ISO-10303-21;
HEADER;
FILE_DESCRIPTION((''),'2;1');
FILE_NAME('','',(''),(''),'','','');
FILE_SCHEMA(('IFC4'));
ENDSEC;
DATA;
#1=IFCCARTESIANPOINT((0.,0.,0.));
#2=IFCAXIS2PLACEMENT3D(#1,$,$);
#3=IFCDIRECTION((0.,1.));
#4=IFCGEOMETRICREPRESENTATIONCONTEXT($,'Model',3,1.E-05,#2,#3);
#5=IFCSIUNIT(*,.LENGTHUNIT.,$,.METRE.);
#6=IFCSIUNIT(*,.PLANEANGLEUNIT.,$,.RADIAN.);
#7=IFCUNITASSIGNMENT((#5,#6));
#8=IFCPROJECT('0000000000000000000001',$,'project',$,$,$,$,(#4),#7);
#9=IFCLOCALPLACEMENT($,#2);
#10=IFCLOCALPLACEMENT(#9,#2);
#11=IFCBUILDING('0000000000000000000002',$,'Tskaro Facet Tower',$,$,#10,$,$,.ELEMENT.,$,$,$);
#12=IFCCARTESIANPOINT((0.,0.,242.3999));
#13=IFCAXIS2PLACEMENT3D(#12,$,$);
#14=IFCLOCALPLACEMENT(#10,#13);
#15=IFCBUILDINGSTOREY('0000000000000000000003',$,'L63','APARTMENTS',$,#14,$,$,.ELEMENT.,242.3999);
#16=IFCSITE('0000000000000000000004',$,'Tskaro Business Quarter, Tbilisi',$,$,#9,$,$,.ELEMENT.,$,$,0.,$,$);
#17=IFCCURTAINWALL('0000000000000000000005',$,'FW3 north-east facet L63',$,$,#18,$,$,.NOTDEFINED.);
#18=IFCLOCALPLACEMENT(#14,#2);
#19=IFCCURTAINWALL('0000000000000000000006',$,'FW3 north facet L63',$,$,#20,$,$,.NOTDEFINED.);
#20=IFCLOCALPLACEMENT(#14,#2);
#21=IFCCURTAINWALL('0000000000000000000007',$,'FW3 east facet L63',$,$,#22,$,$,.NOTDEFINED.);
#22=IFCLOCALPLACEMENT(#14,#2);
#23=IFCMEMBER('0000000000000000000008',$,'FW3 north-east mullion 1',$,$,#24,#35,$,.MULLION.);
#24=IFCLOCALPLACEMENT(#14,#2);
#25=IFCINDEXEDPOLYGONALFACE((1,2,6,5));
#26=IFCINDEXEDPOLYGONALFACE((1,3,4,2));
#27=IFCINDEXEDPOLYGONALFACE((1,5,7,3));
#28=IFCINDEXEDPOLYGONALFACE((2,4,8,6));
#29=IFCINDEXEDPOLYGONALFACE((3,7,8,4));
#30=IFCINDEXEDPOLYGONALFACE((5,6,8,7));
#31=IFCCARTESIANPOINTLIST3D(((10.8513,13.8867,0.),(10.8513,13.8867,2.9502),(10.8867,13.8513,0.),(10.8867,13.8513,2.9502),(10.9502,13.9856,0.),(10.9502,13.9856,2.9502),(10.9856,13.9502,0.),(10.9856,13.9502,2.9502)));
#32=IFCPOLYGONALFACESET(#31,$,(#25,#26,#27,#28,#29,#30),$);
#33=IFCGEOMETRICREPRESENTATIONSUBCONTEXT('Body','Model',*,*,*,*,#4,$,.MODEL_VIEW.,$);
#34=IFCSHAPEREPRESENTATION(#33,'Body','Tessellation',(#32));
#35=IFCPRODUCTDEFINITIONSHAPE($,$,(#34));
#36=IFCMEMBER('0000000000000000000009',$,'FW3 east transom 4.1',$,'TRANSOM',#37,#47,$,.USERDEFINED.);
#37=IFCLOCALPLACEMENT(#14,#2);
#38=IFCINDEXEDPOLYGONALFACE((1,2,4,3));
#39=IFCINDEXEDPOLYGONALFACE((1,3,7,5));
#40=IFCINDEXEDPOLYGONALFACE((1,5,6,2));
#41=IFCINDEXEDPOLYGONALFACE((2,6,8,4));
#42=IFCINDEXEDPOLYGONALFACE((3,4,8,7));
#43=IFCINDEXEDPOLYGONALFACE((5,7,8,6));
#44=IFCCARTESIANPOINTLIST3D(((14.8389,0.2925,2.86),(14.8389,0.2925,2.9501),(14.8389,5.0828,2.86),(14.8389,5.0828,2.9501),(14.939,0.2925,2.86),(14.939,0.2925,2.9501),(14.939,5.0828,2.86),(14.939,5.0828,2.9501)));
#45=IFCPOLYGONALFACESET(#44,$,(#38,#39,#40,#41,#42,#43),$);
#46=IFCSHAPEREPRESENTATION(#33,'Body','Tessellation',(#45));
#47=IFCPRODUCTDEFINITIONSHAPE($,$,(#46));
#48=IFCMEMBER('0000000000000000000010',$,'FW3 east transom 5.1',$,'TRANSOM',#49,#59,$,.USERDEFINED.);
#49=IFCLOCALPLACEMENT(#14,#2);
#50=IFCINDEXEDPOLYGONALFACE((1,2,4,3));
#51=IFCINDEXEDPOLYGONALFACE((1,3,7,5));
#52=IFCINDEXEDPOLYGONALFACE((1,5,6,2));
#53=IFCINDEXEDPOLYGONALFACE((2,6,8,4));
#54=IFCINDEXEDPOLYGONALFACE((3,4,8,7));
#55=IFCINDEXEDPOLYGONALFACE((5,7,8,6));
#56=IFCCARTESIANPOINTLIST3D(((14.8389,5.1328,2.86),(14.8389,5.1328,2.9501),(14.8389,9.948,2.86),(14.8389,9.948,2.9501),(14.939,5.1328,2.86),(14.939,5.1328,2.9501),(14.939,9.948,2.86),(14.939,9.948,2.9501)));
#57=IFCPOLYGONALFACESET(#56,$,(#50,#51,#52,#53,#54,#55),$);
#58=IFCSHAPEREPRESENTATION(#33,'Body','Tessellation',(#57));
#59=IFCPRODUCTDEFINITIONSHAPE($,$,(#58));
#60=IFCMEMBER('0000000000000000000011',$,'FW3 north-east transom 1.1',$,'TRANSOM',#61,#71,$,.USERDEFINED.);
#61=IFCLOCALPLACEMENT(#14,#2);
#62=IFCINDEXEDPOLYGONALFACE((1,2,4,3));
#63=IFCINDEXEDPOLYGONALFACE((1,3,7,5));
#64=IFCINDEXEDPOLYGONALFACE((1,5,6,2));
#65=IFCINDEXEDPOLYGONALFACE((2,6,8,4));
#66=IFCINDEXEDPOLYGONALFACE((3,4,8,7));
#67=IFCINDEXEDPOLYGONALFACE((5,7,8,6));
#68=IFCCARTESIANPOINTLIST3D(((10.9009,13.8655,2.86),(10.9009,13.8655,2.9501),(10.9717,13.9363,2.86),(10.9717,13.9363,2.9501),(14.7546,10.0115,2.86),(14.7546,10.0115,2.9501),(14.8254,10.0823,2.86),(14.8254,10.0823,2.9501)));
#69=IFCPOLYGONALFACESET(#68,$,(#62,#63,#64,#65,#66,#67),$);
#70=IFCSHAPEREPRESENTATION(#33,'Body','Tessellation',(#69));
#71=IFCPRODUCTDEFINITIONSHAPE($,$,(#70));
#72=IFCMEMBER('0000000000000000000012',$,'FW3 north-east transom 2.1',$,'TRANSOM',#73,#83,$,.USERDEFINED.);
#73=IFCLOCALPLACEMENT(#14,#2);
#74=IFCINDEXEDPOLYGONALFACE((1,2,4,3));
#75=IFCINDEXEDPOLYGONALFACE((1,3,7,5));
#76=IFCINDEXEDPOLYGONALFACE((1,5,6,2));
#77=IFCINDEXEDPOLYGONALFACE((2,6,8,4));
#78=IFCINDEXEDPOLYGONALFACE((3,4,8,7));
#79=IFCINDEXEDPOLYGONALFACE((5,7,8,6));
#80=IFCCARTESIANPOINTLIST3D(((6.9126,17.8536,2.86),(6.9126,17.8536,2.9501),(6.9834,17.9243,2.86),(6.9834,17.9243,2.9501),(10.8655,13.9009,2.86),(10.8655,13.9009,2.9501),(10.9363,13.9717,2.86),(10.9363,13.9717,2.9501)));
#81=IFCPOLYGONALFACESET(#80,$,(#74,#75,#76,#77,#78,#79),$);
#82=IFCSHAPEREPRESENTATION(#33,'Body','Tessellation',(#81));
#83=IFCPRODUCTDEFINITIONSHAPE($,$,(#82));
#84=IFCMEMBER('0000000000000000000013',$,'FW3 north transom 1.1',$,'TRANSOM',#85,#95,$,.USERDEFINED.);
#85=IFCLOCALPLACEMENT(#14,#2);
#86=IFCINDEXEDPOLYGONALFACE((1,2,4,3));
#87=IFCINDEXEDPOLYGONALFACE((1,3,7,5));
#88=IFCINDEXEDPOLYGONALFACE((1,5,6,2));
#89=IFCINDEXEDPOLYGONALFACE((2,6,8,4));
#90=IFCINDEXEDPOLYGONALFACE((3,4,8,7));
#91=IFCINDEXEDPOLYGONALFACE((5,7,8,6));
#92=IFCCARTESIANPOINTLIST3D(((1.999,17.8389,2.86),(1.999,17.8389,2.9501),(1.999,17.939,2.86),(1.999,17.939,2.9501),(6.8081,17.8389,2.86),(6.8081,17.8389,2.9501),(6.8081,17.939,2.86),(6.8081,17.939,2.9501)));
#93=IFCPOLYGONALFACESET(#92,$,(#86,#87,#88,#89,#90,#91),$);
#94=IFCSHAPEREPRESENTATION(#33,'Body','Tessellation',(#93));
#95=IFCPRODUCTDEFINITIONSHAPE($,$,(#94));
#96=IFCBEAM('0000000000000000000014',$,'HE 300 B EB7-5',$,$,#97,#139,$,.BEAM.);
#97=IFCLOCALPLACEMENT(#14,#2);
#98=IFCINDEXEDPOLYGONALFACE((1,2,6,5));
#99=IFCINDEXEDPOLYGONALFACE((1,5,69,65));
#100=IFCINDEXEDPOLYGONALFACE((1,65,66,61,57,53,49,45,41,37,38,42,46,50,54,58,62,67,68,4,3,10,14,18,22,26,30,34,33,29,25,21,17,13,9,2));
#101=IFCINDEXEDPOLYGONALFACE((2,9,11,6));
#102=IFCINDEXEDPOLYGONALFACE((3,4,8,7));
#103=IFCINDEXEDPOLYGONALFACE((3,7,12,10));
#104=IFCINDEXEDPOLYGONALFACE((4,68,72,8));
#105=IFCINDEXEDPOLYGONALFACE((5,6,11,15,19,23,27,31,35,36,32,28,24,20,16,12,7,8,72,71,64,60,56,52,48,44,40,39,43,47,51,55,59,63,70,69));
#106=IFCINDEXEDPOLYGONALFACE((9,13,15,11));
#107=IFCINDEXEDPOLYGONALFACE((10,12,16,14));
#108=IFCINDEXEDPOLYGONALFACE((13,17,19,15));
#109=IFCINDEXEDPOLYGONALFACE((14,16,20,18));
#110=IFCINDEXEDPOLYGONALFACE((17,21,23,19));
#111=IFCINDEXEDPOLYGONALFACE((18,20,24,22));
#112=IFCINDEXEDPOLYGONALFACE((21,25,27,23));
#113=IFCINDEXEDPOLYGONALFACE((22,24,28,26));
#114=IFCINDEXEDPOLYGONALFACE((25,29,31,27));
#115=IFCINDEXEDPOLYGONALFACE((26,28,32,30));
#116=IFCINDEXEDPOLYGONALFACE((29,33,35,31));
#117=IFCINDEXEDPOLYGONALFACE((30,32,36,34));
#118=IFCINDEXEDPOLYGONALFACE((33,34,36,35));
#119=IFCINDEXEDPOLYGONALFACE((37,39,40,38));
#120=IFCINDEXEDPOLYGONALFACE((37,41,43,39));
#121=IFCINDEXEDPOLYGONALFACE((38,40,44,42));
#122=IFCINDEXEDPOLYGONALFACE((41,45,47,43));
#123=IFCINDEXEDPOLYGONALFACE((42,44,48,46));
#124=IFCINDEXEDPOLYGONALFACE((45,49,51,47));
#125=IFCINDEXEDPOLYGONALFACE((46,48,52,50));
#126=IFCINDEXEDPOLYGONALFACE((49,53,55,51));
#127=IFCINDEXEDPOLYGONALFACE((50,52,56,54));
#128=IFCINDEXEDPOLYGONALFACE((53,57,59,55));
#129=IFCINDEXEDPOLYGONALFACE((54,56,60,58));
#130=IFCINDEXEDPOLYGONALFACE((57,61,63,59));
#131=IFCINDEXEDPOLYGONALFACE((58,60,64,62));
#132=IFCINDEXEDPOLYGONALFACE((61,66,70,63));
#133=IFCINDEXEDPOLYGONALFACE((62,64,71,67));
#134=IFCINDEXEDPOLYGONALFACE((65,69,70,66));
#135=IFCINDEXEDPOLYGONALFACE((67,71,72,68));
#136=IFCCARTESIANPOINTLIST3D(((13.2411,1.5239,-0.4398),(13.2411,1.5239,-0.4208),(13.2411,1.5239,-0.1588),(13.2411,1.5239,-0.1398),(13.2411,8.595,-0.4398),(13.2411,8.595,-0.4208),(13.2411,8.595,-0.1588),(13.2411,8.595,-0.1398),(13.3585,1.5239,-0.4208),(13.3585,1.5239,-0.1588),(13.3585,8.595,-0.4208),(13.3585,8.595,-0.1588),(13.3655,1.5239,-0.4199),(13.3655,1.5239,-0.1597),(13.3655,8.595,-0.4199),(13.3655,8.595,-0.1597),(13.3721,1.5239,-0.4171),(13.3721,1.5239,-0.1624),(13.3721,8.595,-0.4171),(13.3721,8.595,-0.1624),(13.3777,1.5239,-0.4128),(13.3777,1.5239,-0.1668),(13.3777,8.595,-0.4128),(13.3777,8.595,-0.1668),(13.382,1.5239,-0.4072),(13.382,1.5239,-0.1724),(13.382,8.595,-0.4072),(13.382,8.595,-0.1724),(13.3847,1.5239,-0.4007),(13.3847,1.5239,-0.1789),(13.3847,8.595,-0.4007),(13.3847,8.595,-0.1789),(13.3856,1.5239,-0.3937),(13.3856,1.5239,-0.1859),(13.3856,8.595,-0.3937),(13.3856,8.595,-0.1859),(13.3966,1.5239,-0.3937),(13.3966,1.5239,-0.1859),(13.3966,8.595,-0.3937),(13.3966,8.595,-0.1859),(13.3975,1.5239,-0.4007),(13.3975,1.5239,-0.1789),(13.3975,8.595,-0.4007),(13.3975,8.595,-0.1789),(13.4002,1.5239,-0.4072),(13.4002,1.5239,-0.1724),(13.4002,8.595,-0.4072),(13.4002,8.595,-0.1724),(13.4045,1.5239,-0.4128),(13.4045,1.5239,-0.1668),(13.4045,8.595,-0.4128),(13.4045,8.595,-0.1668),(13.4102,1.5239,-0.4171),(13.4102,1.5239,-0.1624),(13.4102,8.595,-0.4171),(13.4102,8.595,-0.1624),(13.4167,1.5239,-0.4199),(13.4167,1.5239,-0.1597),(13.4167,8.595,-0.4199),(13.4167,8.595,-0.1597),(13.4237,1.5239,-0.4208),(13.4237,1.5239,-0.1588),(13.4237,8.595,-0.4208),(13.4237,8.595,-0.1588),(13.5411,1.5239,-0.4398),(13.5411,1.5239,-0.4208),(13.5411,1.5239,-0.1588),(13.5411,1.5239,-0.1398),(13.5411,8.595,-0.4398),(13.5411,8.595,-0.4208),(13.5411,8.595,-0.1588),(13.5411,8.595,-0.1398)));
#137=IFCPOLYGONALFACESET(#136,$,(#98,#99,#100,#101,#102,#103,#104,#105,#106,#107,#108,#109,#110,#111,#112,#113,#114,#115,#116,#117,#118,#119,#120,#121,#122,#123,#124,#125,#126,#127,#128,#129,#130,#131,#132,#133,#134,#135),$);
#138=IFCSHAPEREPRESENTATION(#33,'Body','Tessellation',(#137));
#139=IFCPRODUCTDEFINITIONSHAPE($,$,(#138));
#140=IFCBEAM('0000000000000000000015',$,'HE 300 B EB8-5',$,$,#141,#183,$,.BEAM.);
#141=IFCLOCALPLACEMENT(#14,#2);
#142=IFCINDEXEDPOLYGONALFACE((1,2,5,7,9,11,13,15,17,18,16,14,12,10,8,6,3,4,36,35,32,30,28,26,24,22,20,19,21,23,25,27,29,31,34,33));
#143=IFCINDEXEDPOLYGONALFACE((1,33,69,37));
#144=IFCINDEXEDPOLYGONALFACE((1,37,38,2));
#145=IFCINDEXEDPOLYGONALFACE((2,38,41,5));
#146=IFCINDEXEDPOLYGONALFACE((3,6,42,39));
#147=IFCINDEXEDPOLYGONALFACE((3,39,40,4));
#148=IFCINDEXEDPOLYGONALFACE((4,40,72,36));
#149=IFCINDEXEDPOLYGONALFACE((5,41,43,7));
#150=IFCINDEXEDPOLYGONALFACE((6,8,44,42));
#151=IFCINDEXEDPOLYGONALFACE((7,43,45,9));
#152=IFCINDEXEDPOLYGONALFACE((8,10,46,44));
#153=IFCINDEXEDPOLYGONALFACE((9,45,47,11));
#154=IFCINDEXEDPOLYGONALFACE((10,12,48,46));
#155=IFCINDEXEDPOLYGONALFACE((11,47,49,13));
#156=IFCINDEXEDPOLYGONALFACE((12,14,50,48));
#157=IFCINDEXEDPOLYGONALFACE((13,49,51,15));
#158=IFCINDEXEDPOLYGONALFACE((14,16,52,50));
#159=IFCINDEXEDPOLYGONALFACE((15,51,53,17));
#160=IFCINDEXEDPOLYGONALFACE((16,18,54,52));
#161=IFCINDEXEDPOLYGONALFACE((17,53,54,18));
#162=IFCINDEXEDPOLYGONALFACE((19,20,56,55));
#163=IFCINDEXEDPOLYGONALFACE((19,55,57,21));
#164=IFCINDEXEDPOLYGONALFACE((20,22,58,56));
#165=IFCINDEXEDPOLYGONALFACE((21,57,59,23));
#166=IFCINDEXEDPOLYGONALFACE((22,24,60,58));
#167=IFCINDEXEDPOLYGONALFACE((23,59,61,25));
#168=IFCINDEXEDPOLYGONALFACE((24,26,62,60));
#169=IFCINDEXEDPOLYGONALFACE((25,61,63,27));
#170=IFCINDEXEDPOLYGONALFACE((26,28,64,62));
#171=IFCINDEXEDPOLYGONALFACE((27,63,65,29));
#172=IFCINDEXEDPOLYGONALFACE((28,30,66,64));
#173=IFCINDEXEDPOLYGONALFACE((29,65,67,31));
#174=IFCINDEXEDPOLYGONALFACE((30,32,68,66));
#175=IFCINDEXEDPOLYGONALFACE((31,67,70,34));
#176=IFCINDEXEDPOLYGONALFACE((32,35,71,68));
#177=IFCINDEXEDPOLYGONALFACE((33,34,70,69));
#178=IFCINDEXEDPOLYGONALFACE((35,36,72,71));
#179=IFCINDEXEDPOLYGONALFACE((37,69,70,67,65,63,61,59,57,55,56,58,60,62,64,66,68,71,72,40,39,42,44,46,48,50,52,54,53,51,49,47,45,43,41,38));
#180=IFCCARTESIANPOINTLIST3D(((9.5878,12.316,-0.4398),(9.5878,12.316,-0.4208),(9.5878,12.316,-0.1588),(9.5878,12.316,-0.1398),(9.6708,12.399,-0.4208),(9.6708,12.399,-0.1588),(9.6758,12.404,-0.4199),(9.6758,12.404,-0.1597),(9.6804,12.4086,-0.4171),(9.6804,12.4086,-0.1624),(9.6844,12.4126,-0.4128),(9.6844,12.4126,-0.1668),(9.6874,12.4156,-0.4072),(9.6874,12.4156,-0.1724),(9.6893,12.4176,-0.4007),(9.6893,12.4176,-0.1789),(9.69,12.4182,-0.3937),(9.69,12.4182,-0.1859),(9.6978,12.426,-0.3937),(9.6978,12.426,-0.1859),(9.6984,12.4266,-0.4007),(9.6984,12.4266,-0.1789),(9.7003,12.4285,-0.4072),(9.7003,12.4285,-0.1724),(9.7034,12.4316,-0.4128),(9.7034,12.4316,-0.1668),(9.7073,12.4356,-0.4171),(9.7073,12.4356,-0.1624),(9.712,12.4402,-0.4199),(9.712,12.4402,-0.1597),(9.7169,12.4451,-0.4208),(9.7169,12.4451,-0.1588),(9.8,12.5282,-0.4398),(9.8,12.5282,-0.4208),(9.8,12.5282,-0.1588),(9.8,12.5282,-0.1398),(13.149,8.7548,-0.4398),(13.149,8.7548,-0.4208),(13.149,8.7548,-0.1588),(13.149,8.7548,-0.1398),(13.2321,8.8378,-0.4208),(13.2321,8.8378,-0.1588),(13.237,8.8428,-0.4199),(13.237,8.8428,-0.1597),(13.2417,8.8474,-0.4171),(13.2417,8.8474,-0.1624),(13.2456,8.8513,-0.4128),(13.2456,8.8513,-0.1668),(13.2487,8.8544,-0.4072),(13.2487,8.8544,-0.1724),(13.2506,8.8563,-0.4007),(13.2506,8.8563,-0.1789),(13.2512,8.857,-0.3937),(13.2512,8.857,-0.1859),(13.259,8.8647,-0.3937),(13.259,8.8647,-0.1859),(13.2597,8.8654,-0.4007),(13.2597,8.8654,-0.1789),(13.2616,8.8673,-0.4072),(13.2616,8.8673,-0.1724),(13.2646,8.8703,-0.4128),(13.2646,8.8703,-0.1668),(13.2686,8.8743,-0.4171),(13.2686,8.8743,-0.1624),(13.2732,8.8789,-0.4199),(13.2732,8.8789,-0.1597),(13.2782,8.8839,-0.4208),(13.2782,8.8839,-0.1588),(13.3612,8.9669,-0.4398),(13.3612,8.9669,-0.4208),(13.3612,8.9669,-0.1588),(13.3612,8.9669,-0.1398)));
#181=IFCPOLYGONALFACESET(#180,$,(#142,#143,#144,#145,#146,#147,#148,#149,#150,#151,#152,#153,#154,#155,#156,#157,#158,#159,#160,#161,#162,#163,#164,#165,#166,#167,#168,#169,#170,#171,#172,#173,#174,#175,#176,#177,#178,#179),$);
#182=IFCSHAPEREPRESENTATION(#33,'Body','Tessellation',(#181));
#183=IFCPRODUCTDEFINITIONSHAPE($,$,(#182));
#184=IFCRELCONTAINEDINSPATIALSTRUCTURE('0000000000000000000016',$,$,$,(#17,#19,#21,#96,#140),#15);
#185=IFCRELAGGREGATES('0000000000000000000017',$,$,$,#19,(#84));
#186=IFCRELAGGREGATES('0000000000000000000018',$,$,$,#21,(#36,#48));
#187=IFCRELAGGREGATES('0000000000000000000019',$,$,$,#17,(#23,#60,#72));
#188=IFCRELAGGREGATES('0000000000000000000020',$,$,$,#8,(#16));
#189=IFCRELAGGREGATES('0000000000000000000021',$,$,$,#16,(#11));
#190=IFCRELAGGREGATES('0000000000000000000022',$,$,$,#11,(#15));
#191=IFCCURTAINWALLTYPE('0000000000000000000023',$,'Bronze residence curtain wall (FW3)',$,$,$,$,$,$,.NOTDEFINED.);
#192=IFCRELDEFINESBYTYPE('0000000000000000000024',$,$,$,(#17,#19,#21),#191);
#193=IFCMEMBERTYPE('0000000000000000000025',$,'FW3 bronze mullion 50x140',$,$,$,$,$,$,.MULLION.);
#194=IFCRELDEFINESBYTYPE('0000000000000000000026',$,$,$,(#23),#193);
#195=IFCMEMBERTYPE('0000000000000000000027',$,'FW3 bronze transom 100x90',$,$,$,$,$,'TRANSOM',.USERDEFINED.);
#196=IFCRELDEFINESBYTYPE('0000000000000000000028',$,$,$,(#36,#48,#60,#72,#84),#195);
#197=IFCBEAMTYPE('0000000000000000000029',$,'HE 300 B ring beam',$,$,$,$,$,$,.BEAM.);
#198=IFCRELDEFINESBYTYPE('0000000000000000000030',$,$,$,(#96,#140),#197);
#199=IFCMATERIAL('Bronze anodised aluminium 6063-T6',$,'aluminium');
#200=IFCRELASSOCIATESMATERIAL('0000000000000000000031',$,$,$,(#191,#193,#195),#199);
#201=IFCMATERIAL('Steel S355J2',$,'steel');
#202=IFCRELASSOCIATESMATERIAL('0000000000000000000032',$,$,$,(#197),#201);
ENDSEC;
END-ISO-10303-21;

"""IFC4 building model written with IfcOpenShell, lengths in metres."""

from ifc_helpers import new_model, si_unit, direction, frame, origin, origin_2d, place, context, subcontext, project, spatial, rectangle, i_section, extrude, material, material_profile, profile_set, type_object, element, aggregate, save


model = new_model("IFC4")

# Units and contexts
model_context = context("Model", 3, precision=1e-05, world=origin(), true_north=direction((0.0, 1.0)))
body_context = subcontext(model_context, "Body", "Model", "MODEL_VIEW")
ifc_project = project(units=[si_unit("LENGTHUNIT", "METRE"), si_unit("PLANEANGLEUNIT", "RADIAN")], contexts=[model_context])

# Site, building, storey
site_placement = place(None, origin())
site = spatial("IfcSite", under=ifc_project, at=site_placement, Name="Tskaro Business Quarter, Tbilisi", CompositionType="ELEMENT", RefElevation=0.0)
building_placement = place(site_placement, origin())
building = spatial("IfcBuilding", under=site, at=building_placement, Name="Tskaro Facet Tower", CompositionType="ELEMENT")
storey_placement = place(building_placement, frame((0.0, 0.0, 242.3999)))
storey = spatial("IfcBuildingStorey", under=building, at=storey_placement, Name="L63", Description="APARTMENTS", CompositionType="ELEMENT", Elevation=242.3999)

# Shared definitions
ifc_material_1 = material(Name="Steel S355J2", Category="steel")

# Curtain walls
ifc_material_2 = material(Name="Bronze anodised aluminium 6063-T6", Category="aluminium")
curtain_wall_type = type_object("IfcCurtainWallType", Name="Bronze residence curtain wall (FW3)", PredefinedType="NOTDEFINED", material=ifc_material_2)
curtain_wall_1_placement = place(storey_placement, origin())
curtain_wall_1 = element("IfcCurtainWall", 1, at=curtain_wall_1_placement, inside=storey, type_object=curtain_wall_type, Name="FW3 north-east facet L63", PredefinedType="NOTDEFINED")
curtain_wall_2_placement = place(storey_placement, origin())
curtain_wall_2 = element("IfcCurtainWall", 2, at=curtain_wall_2_placement, inside=storey, type_object=curtain_wall_type, Name="FW3 north facet L63", PredefinedType="NOTDEFINED")

# Curtain wall
curtain_wall_3_placement = place(storey_placement, origin())
curtain_wall_3 = element("IfcCurtainWall", 3, at=curtain_wall_3_placement, inside=storey, type_object=curtain_wall_type, Name="FW3 east facet L63", PredefinedType="NOTDEFINED")
ifc_material_profile_1 = material_profile(ifc_material_2, rectangle(XDim=0.05, YDim=0.1399, at=origin_2d()), Name="Mullion 50x140")
ifc_profile_set_1 = profile_set([ifc_material_profile_1], Name="Bronze anodised aluminium 6063-T6")
member_type_1 = type_object("IfcMemberType", Name="FW3 bronze mullion 50x140", PredefinedType="MULLION", material=ifc_profile_set_1)

# Members
member_1_placement = place(storey_placement, frame((10.9185, 13.9185, 0.0), z_axis=(0.0, 0.0, 1.0), x_axis=(-0.707107, 0.707107, 0.0)))
member_1 = element("IfcMember", 4, at=member_1_placement, type_object=member_type_1, Name="FW3 north-east mullion 1", PredefinedType="MULLION", context=body_context, shape_type="SweptSolid", body=[
    extrude(rectangle(XDim=0.05, YDim=0.1399, at=origin_2d()), origin(), (0.0, 0.0, 1.0), 2.9502),
])
ifc_material_profile_2 = material_profile(ifc_material_2, rectangle(XDim=0.1001, YDim=0.0901, at=origin_2d()), Name="Transom 100x90")
ifc_profile_set_2 = profile_set([ifc_material_profile_2], Name="Bronze anodised aluminium 6063-T6")
member_type_2 = type_object("IfcMemberType", Name="FW3 bronze transom 100x90", ElementType="TRANSOM", PredefinedType="USERDEFINED", material=ifc_profile_set_2)
member_2_placement = place(storey_placement, frame((14.8889, 0.2925, 2.905), z_axis=(0.0, 1.0, 0.0), x_axis=(-1.0, 0.0, 0.0)))
member_2 = element("IfcMember", 5, at=member_2_placement, type_object=member_type_2, Name="FW3 east transom 4.1", ObjectType="TRANSOM", PredefinedType="USERDEFINED", context=body_context, shape_type="SweptSolid", body=[
    extrude(rectangle(XDim=0.1001, YDim=0.0901, at=origin_2d()), origin(), (0.0, 0.0, 1.0), 4.7903),
])
member_3_placement = place(storey_placement, frame((14.8889, 5.1328, 2.905), z_axis=(0.0, 1.0, 0.0), x_axis=(-1.0, 0.0, 0.0)))
member_3 = element("IfcMember", 6, at=member_3_placement, type_object=member_type_2, Name="FW3 east transom 5.1", ObjectType="TRANSOM", PredefinedType="USERDEFINED", context=body_context, shape_type="SweptSolid", body=[
    extrude(rectangle(XDim=0.1001, YDim=0.0901, at=origin_2d()), origin(), (0.0, 0.0, 1.0), 4.8152),
])
member_4_placement = place(storey_placement, frame((14.79, 10.0469, 2.905), z_axis=(-0.707084, 0.707129, 0.0), x_axis=(-0.707129, -0.707084, 0.0)))
member_4 = element("IfcMember", 7, at=member_4_placement, type_object=member_type_2, Name="FW3 north-east transom 1.1", ObjectType="TRANSOM", PredefinedType="USERDEFINED", context=body_context, shape_type="SweptSolid", body=[
    extrude(rectangle(XDim=0.1001, YDim=0.0901, at=origin_2d()), origin(), (0.0, 0.0, 1.0), 5.4502),
])
member_5_placement = place(storey_placement, frame((10.9009, 13.9363, 2.905), z_axis=(-0.707129, 0.707085, 0.0), x_axis=(-0.707085, -0.707129, 0.0)))
member_5 = element("IfcMember", 8, at=member_5_placement, type_object=member_type_2, Name="FW3 north-east transom 2.1", ObjectType="TRANSOM", PredefinedType="USERDEFINED", context=body_context, shape_type="SweptSolid", body=[
    extrude(rectangle(XDim=0.1001, YDim=0.0901, at=origin_2d()), origin(), (0.0, 0.0, 1.0), 5.5901),
])
member_6_placement = place(storey_placement, frame((6.8081, 17.8889, 2.905), z_axis=(-1.0, 0.0, 0.0), x_axis=(0.0, -1.0, 0.0)))
member_6 = element("IfcMember", 9, at=member_6_placement, type_object=member_type_2, Name="FW3 north transom 1.1", ObjectType="TRANSOM", PredefinedType="USERDEFINED", context=body_context, shape_type="SweptSolid", body=[
    extrude(rectangle(XDim=0.1001, YDim=0.0901, at=origin_2d()), origin(), (0.0, 0.0, 1.0), 4.8091),
])
aggregate(curtain_wall_2, [member_6])

# Beams
ifc_material_profile_3 = material_profile(ifc_material_1, i_section(OverallWidth=0.3, OverallDepth=0.3, WebThickness=0.011, FlangeThickness=0.019, FilletRadius=0.0271, at=origin_2d()), Name="HE 300 B")
ifc_profile_set_3 = profile_set([ifc_material_profile_3], Name="Steel S355J2")
beam_type = type_object("IfcBeamType", Name="HE 300 B ring beam", PredefinedType="BEAM", material=ifc_profile_set_3)
beam_placement = place(storey_placement, frame((13.3911, 1.5239, -0.2898), z_axis=(0.0, 1.0, 0.0), x_axis=(-1.0, 0.0, 0.0)))
element("IfcBeam", 10, at=beam_placement, inside=storey, type_object=beam_type, Name="HE 300 B EB7-5", PredefinedType="BEAM", context=body_context, shape_type="SweptSolid", body=[
    extrude(i_section(OverallWidth=0.3, OverallDepth=0.3, WebThickness=0.011, FlangeThickness=0.019, FilletRadius=0.0271, at=origin_2d()), origin(), (0.0, 0.0, 1.0), 7.071),
])
for number, where, z_axis, x_axis, name in (
    (11, (13.2551, 8.8608, -0.2898), (-0.707107, 0.707107, 0.0), (-0.707107, -0.707107, 0.0), "HE 300 B EB8-5"),
):
    element("IfcBeam", number, at=place(storey_placement, frame(where, z_axis=z_axis, x_axis=x_axis)), inside=storey, type_object=beam_type, Name=name, PredefinedType="BEAM", context=body_context, shape_type="SweptSolid", body=[
        extrude(i_section(OverallWidth=0.3, OverallDepth=0.3, WebThickness=0.011, FlangeThickness=0.019, FilletRadius=0.0271, at=origin_2d()), origin(), (0.0, 0.0, 1.0), 5.0364),
    ])

aggregate(curtain_wall_3, [member_2, member_3])
aggregate(curtain_wall_1, [member_1, member_4, member_5])

save(model, "model.ifc")
